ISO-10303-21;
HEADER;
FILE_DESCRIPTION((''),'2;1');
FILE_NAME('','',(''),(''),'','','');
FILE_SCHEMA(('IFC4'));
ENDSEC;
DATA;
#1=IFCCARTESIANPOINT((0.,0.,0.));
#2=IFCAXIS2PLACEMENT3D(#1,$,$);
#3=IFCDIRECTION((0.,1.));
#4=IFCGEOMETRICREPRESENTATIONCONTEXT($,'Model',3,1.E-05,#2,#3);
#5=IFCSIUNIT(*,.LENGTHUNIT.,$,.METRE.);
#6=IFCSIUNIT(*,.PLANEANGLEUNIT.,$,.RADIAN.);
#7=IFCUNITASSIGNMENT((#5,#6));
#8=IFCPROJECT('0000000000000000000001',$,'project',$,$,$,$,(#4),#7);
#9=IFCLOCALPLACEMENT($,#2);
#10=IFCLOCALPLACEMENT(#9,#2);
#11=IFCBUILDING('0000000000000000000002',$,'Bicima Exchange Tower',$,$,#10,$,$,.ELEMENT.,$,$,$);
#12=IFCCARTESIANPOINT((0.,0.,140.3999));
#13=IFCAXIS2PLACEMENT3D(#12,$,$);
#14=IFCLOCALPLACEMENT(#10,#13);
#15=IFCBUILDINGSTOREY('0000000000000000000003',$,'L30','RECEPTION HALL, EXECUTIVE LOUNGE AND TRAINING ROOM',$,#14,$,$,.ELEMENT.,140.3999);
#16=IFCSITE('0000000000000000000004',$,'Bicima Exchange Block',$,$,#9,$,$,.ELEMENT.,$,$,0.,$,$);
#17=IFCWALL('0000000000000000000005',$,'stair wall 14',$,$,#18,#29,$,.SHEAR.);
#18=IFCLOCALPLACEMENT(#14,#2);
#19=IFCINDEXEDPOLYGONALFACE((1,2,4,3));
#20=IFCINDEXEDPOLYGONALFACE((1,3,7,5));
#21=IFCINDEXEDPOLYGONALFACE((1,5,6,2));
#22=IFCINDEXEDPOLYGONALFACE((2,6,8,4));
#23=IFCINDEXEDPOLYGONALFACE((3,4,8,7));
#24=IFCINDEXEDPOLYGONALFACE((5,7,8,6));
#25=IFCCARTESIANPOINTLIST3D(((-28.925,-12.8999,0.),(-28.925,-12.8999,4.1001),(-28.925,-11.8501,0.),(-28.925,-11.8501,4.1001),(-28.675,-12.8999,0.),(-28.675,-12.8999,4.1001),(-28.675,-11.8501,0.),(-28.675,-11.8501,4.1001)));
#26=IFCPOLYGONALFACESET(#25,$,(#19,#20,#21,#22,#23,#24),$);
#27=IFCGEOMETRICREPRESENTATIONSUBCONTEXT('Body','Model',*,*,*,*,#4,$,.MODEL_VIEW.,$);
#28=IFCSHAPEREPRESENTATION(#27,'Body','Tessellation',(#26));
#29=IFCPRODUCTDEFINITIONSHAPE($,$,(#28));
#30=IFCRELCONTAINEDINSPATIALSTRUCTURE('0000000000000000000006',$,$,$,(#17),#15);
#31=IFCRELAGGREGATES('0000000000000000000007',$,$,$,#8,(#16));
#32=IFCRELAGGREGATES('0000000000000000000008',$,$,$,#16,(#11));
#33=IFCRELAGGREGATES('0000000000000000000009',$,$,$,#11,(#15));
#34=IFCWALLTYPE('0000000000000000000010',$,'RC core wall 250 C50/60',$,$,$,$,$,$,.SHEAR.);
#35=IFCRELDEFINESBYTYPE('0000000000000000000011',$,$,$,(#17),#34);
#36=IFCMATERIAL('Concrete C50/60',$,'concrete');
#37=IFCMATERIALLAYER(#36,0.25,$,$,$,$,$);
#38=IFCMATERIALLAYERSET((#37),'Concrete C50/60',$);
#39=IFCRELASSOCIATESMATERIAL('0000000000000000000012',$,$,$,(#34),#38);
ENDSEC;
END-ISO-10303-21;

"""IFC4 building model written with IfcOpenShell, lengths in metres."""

from ifc_helpers import new_model, si_unit, direction, frame, frame_2d, origin, place, context, subcontext, project, spatial, rectangle, extrude, material, layer, layer_set, type_object, element, save


model = new_model("IFC4")

# Units and contexts
model_context = context("Model", 3, precision=1e-05, world=origin(), true_north=direction((0.0, 1.0)))
body_context = subcontext(model_context, "Body", "Model", "MODEL_VIEW")
ifc_project = project(units=[si_unit("LENGTHUNIT", "METRE"), si_unit("PLANEANGLEUNIT", "RADIAN")], contexts=[model_context])

# Site, building, storey
site_placement = place(None, origin())
site = spatial("IfcSite", under=ifc_project, at=site_placement, Name="Bicima Exchange Block", CompositionType="ELEMENT", RefElevation=0.0)
building_placement = place(site_placement, origin())
building = spatial("IfcBuilding", under=site, at=building_placement, Name="Bicima Exchange Tower", CompositionType="ELEMENT")
storey_placement = place(building_placement, frame((0.0, 0.0, 140.3999)))
storey = spatial("IfcBuildingStorey", under=building, at=storey_placement, Name="L30", Description="RECEPTION HALL, EXECUTIVE LOUNGE AND TRAINING ROOM", CompositionType="ELEMENT", Elevation=140.3999)

# Shared definitions
ifc_material_1 = material(Name="Concrete C50/60", Category="concrete")

# Wall
ifc_layer_1 = layer(ifc_material_1, 0.25)
ifc_layer_set_1 = layer_set([ifc_layer_1], Name="Concrete C50/60")
wall_type_1 = type_object("IfcWallType", Name="RC core wall 250 C50/60", PredefinedType="SHEAR", material=ifc_layer_set_1)
wall_1_placement = place(storey_placement, frame((-28.8, -12.8999, 0.0), z_axis=(0.0, 0.0, 1.0), x_axis=(0.0, 1.0, 0.0)))
element("IfcWall", 1, at=wall_1_placement, inside=storey, type_object=wall_type_1, Name="stair wall 14", PredefinedType="SHEAR", context=body_context, shape_type="SweptSolid", body=[
    extrude(rectangle(XDim=1.0498, YDim=0.25, at=frame_2d((0.5249, 0.0))), origin(), (0.0, 0.0, 1.0), 4.1001),
])

save(model, "model.ifc")
